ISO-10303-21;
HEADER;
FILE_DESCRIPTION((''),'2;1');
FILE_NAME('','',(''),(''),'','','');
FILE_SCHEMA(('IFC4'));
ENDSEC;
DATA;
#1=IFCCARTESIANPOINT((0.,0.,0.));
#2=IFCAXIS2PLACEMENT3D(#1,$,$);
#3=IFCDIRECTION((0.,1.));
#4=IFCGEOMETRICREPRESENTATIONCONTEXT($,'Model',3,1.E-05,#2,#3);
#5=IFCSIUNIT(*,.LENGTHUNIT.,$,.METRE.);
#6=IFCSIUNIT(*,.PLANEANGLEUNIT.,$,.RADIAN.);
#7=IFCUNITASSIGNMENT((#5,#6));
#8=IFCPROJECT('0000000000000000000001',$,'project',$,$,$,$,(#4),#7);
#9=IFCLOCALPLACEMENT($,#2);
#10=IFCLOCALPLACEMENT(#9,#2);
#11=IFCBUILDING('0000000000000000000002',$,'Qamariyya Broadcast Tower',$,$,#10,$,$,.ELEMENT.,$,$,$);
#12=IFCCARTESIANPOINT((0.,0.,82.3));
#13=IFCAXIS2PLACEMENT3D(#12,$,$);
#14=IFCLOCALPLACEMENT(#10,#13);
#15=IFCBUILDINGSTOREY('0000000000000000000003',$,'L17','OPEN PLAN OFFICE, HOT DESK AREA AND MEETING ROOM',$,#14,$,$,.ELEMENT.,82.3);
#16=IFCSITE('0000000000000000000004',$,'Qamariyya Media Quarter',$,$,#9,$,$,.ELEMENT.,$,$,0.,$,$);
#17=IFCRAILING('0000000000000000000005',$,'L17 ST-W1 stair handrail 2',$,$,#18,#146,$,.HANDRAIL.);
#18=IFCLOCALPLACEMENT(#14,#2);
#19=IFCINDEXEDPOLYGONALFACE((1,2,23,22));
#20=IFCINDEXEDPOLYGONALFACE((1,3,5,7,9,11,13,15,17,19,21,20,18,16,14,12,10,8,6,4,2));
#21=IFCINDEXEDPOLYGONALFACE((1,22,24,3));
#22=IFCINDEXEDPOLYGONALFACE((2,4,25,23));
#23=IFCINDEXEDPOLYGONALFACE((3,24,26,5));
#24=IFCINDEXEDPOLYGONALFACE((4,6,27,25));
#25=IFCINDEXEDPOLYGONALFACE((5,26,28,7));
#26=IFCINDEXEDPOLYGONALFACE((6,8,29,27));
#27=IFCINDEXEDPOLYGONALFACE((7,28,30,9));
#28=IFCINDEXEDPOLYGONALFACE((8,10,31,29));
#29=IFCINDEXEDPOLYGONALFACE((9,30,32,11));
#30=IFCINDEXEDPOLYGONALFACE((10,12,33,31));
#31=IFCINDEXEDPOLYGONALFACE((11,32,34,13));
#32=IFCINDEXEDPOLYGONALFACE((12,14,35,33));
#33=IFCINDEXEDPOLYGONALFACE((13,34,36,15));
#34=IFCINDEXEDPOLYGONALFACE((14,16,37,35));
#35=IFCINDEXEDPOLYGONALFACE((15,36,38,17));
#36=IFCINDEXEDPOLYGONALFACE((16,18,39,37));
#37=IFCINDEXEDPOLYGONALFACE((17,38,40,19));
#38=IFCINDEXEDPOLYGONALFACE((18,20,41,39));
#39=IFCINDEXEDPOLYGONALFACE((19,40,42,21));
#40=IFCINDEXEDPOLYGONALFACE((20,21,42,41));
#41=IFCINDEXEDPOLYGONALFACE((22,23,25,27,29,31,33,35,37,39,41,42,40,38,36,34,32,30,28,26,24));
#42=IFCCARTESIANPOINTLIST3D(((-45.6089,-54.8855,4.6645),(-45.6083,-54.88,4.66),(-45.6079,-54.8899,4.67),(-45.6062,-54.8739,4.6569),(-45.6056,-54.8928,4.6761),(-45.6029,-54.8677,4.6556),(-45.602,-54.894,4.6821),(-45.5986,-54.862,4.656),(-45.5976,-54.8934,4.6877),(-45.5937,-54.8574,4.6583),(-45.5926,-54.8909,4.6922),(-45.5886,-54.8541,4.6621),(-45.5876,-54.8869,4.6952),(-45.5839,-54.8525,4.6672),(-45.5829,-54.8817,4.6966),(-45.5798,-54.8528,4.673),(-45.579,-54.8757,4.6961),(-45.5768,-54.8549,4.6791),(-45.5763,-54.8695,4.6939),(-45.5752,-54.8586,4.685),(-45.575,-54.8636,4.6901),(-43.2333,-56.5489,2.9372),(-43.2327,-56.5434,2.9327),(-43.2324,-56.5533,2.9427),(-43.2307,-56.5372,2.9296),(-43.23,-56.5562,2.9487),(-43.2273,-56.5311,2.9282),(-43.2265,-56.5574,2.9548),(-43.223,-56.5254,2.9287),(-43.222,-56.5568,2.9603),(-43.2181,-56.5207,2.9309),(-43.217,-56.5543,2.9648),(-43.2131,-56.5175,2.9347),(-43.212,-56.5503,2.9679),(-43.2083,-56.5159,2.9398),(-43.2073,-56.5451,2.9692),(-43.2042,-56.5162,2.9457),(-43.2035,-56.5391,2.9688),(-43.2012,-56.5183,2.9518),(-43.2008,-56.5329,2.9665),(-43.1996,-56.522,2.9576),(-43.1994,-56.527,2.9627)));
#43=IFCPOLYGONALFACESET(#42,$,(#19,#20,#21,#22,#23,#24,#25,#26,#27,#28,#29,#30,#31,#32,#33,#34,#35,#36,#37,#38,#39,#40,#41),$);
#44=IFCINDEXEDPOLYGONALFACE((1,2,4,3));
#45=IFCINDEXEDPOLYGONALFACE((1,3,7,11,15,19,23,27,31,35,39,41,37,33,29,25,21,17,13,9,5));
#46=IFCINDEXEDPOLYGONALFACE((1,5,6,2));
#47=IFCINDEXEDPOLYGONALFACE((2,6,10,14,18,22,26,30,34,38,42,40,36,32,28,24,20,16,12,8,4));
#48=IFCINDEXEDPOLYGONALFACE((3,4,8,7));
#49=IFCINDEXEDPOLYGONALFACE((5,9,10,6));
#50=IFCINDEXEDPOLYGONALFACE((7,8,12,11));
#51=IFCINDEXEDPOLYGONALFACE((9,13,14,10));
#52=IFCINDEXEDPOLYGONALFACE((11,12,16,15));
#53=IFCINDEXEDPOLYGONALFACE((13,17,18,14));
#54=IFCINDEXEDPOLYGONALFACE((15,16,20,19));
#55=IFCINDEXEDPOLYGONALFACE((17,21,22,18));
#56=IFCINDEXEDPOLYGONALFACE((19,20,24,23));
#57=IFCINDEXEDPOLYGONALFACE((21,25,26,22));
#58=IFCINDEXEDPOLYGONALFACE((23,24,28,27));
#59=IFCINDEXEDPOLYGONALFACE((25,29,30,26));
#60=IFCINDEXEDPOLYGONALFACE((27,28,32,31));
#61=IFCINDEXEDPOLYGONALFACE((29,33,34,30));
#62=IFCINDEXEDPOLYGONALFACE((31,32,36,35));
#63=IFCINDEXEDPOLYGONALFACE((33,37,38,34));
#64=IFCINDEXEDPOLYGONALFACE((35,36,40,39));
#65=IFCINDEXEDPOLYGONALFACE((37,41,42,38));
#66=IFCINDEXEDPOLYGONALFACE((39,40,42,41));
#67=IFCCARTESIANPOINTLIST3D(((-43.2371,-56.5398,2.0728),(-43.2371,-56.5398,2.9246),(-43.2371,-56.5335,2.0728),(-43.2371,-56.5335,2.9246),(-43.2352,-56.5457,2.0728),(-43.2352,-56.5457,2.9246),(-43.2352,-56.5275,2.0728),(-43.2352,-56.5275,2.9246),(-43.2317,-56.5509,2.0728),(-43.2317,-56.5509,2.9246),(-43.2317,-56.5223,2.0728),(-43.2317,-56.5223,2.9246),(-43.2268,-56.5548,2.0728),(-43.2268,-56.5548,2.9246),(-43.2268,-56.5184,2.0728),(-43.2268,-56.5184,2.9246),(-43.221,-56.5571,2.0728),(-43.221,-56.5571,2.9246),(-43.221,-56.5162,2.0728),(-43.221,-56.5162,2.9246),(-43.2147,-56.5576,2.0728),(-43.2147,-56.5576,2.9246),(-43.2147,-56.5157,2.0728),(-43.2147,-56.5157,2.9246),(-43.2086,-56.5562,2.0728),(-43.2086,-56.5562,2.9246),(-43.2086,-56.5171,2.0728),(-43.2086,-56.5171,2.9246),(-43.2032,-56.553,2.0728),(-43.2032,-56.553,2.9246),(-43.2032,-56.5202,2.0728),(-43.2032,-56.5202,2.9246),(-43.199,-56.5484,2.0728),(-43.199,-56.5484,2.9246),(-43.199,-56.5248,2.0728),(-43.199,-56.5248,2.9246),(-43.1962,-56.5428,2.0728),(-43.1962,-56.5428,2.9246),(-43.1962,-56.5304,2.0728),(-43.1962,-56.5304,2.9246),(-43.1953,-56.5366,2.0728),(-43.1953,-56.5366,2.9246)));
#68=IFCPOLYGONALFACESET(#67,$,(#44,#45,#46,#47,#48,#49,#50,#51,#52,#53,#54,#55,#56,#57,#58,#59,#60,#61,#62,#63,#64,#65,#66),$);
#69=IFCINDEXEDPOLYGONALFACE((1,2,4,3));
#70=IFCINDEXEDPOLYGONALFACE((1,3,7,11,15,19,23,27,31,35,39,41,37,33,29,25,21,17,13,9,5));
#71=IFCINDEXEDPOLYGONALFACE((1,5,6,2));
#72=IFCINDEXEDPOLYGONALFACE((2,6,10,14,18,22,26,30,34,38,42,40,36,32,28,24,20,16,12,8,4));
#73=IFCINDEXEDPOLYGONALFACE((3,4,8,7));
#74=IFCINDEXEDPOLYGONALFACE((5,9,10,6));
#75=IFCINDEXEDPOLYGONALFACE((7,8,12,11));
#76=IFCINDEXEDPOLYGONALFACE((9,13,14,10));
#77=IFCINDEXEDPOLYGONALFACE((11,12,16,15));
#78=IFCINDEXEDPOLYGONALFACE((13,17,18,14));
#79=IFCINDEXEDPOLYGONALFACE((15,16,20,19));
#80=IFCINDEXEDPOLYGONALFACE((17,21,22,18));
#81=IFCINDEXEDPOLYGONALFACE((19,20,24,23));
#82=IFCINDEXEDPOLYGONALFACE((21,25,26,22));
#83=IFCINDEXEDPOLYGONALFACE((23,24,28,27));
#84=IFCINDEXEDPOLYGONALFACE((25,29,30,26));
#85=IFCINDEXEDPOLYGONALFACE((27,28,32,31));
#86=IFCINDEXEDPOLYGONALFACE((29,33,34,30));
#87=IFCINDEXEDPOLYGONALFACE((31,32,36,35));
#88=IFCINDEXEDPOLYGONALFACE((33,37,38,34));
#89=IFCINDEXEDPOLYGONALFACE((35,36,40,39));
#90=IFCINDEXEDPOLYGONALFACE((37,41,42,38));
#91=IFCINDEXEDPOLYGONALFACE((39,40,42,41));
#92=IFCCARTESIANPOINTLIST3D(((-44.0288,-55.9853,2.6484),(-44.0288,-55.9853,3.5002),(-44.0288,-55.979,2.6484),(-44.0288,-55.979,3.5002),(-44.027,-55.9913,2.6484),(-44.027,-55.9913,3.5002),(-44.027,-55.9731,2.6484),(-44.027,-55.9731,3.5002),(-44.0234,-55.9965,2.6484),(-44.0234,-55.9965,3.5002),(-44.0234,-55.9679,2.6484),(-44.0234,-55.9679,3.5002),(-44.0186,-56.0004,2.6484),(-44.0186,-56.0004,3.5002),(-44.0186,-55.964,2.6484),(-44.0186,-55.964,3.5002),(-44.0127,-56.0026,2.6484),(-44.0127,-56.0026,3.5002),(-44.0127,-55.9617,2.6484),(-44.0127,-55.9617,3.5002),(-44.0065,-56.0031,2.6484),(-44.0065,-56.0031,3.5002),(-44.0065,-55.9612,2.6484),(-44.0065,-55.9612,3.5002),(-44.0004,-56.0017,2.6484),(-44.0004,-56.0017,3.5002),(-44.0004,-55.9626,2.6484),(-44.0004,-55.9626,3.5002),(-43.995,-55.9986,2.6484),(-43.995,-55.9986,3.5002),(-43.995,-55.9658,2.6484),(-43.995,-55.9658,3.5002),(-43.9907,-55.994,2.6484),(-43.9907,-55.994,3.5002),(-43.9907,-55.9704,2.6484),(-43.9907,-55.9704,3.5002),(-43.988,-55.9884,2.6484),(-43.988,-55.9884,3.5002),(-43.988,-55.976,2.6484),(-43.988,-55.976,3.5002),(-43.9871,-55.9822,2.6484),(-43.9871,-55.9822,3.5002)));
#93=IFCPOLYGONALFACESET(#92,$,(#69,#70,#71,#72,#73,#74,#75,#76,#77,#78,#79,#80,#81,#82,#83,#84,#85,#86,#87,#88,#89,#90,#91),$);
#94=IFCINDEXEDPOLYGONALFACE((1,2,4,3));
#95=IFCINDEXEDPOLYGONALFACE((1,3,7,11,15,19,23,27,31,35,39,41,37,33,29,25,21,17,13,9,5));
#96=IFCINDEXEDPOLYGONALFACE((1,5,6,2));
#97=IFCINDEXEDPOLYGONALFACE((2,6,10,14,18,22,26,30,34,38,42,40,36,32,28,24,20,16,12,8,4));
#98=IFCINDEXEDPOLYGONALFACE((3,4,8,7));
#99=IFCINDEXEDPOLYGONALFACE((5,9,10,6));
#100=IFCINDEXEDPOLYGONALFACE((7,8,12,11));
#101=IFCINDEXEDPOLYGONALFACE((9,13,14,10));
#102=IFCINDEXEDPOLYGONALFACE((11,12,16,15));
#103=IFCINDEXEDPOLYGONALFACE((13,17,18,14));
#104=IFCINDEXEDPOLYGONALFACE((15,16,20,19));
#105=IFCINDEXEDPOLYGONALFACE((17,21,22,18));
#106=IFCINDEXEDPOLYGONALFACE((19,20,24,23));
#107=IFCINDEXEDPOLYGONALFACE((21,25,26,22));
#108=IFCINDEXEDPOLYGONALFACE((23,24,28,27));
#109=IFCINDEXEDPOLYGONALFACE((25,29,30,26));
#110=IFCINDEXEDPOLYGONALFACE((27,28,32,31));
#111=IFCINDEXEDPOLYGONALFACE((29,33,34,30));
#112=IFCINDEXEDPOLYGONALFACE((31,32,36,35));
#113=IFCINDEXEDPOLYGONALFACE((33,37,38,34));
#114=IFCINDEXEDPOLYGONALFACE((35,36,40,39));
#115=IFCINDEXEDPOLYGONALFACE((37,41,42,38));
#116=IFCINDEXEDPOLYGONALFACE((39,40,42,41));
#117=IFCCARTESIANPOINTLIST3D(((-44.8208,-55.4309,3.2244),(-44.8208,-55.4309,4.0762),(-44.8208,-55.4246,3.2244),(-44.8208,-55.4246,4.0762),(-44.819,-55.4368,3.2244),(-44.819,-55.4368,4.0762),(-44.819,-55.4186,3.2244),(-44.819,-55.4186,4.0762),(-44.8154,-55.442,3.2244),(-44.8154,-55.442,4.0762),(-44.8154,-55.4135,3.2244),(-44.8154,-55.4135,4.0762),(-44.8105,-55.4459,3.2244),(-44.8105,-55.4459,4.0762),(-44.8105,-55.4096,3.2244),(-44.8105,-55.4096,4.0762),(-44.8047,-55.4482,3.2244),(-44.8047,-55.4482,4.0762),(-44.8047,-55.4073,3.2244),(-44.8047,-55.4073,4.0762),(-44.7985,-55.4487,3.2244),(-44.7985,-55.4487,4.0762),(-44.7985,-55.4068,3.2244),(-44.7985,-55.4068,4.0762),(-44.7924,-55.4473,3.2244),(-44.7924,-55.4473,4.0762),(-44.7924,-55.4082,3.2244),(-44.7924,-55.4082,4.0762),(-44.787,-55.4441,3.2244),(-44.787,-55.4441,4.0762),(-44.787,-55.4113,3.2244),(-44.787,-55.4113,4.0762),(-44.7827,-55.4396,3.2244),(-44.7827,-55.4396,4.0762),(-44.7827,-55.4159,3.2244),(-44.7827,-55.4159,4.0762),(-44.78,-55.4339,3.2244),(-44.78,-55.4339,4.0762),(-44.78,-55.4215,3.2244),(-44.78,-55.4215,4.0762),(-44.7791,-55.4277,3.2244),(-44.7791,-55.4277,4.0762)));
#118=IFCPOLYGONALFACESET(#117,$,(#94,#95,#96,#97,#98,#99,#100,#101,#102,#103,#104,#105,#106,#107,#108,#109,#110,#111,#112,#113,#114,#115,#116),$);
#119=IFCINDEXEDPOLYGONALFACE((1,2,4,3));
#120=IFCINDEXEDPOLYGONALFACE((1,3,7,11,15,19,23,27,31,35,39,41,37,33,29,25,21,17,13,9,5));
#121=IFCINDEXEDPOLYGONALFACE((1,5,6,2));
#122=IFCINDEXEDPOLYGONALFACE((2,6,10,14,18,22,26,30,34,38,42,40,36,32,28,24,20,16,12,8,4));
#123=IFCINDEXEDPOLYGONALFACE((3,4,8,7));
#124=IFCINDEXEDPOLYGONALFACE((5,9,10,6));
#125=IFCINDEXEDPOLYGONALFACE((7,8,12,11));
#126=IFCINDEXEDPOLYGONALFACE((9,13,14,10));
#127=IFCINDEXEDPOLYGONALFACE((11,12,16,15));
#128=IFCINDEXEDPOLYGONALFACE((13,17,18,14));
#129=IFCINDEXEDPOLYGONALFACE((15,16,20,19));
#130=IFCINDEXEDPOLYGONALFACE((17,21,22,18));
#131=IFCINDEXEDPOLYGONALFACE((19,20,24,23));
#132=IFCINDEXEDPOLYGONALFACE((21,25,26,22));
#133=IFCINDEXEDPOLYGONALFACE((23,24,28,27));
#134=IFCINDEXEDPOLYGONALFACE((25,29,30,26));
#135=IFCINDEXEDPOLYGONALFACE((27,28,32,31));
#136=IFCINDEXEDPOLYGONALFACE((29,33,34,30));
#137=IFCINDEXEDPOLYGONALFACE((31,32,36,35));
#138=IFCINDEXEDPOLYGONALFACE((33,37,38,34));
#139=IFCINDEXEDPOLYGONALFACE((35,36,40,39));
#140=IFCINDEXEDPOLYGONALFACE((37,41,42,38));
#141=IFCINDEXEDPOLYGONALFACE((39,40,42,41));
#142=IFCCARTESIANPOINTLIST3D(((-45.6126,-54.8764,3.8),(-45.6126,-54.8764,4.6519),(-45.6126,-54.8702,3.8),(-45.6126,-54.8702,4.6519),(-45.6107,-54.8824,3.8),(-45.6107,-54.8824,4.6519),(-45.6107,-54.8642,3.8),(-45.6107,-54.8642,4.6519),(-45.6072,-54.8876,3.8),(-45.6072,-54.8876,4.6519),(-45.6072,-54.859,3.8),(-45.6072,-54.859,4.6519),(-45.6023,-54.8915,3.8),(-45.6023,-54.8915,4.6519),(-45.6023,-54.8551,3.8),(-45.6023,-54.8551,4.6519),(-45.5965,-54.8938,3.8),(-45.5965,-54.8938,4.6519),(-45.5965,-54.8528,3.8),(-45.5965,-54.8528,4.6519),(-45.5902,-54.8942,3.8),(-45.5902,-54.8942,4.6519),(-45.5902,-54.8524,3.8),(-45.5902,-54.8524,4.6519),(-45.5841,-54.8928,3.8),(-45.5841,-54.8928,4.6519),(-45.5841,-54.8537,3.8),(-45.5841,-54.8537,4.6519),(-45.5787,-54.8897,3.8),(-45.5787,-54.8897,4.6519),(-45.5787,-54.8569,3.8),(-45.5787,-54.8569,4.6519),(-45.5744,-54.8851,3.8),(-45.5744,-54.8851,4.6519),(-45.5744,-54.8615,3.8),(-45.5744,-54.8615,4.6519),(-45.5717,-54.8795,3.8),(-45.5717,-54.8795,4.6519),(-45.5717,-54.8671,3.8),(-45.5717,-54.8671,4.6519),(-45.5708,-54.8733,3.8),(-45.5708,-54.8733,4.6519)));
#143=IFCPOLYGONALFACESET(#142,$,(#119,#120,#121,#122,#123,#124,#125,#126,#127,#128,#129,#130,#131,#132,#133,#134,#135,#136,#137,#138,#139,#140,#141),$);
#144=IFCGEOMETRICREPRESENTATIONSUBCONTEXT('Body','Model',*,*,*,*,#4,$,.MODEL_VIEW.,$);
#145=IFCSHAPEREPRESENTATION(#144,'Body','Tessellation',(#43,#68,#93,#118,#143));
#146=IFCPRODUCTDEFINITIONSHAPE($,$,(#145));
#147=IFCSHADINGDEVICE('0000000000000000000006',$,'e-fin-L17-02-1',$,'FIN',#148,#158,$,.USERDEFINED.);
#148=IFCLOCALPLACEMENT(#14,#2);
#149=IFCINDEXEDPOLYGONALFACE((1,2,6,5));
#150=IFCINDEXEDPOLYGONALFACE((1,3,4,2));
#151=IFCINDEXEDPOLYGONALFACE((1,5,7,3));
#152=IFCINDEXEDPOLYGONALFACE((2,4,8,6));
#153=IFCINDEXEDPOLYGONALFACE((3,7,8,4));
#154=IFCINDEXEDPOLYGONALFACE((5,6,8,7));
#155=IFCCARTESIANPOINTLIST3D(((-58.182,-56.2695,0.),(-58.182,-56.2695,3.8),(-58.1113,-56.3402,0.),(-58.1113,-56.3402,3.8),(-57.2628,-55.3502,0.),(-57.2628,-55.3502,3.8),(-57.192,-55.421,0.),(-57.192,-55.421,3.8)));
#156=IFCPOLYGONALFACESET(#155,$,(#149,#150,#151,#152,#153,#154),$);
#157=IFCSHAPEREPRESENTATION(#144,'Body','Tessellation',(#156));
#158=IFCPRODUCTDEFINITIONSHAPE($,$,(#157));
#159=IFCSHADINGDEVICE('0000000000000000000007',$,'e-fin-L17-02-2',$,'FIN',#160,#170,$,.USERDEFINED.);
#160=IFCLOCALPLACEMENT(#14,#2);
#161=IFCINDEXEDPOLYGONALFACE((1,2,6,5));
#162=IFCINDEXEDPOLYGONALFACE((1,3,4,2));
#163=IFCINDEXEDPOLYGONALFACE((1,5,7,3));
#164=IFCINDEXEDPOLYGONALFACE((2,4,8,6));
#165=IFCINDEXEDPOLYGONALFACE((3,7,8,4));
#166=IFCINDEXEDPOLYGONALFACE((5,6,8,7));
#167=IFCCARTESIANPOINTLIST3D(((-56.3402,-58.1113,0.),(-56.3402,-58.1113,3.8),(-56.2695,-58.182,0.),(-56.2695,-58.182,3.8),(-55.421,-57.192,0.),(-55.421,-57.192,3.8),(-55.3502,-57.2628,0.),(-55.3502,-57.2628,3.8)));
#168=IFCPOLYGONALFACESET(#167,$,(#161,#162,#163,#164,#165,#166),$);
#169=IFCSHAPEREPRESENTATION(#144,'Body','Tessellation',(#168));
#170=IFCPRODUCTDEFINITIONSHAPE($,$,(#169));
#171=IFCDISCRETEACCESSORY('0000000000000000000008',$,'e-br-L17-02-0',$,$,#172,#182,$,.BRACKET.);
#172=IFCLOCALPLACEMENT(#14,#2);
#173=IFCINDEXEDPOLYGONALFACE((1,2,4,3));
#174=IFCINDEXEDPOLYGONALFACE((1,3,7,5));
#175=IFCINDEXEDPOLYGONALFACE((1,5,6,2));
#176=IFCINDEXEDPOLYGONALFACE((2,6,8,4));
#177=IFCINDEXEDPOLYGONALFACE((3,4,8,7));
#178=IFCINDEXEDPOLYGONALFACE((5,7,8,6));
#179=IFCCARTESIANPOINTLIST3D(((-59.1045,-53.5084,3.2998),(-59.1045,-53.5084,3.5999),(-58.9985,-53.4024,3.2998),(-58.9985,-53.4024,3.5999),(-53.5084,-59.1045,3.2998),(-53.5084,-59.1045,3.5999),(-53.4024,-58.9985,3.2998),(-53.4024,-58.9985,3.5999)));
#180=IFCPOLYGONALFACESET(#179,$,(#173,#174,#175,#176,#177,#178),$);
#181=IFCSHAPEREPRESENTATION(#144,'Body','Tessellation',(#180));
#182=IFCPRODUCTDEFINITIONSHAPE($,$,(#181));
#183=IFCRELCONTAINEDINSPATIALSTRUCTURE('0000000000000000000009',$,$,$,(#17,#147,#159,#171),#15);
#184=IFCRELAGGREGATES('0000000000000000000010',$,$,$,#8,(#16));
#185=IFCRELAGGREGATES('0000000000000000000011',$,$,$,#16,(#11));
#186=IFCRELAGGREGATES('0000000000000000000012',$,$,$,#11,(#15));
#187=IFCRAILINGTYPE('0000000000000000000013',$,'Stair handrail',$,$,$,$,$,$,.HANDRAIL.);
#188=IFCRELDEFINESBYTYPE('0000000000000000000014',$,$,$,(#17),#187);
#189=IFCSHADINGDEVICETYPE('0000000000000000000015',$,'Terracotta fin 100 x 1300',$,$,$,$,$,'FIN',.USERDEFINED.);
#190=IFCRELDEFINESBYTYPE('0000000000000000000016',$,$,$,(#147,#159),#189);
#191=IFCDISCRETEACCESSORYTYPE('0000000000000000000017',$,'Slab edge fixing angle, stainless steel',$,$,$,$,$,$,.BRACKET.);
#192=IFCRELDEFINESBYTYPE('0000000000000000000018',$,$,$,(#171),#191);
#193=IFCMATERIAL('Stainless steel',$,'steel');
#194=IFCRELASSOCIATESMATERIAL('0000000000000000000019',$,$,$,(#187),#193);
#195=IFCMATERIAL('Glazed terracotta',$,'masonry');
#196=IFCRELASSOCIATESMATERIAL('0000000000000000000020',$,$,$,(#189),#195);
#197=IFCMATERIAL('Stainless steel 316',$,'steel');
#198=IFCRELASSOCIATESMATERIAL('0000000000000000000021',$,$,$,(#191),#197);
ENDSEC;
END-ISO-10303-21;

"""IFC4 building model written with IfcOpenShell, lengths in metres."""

from ifc_helpers import new_model, si_unit, direction, frame, origin, origin_2d, place, context, subcontext, project, spatial, rectangle, circle, extrude, material, material_profile, profile_set, type_object, element, save


model = new_model("IFC4")

# Units and contexts
model_context = context("Model", 3, precision=1e-05, world=origin(), true_north=direction((0.0, 1.0)))
body_context = subcontext(model_context, "Body", "Model", "MODEL_VIEW")
ifc_project = project(units=[si_unit("LENGTHUNIT", "METRE"), si_unit("PLANEANGLEUNIT", "RADIAN")], contexts=[model_context])

# Site, building, storey
site_placement = place(None, origin())
site = spatial("IfcSite", under=ifc_project, at=site_placement, Name="Qamariyya Media Quarter", CompositionType="ELEMENT", RefElevation=0.0)
building_placement = place(site_placement, origin())
building = spatial("IfcBuilding", under=site, at=building_placement, Name="Qamariyya Broadcast Tower", CompositionType="ELEMENT")
storey_placement = place(building_placement, frame((0.0, 0.0, 82.3)))
storey = spatial("IfcBuildingStorey", under=building, at=storey_placement, Name="L17", Description="OPEN PLAN OFFICE, HOT DESK AREA AND MEETING ROOM", CompositionType="ELEMENT", Elevation=82.3)

# Railing
ifc_material_1 = material(Name="Stainless steel", Category="steel")
railing_type_1 = type_object("IfcRailingType", Name="Stair handrail", PredefinedType="HANDRAIL", material=ifc_material_1)
railing_1_placement = place(storey_placement, frame((-43.2163, -56.5366, 2.0728)))
element("IfcRailing", 1, at=railing_1_placement, inside=storey, type_object=railing_type_1, Name="L17 ST-W1 stair handrail 2", PredefinedType="HANDRAIL", context=body_context, shape_type="SweptSolid", body=[
    extrude(circle(Radius=0.0239, at=origin_2d()), frame((0.0, 0.0, 0.876), z_axis=(-0.70377, 0.492784, 0.511734), x_axis=(-0.573575, -0.819153, 0.0)), (0.0, 0.0, 1.0), 3.3755),
    extrude(circle(Radius=0.021, at=origin_2d()), origin(), (0.0, 0.0, 1.0), 0.8518),
    extrude(circle(Radius=0.021, at=origin_2d()), frame((-0.7917, 0.5544, 0.5757)), (0.0, 0.0, 1.0), 0.8518),
    extrude(circle(Radius=0.021, at=origin_2d()), frame((-1.5837, 1.1089, 1.1516)), (0.0, 0.0, 1.0), 0.8518),
    extrude(circle(Radius=0.021, at=origin_2d()), frame((-2.3755, 1.6633, 1.7273)), (0.0, 0.0, 1.0), 0.8518),
])

# Shading devices
ifc_material_2 = material(Name="Glazed terracotta", Category="masonry")
ifc_material_profile_1 = material_profile(ifc_material_2, rectangle(XDim=1.3, YDim=0.1001, at=origin_2d()))
ifc_profile_set_1 = profile_set([ifc_material_profile_1], Name="Glazed terracotta")
shading_device_type_1 = type_object("IfcShadingDeviceType", Name="Terracotta fin 100 x 1300", ElementType="FIN", PredefinedType="USERDEFINED", material=ifc_profile_set_1)
for number, where, z_axis, x_axis, name in (
    (2, (-57.687, -55.8452, 0.0), (0.0, 0.0, 1.0), (-0.707107, -0.707107, 0.0), "e-fin-L17-02-1"),
    (3, (-55.8452, -57.687, 0.0), (0.0, 0.0, 1.0), (-0.707107, -0.707107, 0.0), "e-fin-L17-02-2"),
):
    element("IfcShadingDevice", number, at=place(storey_placement, frame(where, z_axis=z_axis, x_axis=x_axis)), inside=storey, type_object=shading_device_type_1, Name=name, ObjectType="FIN", PredefinedType="USERDEFINED", context=body_context, shape_type="SweptSolid", body=[
        extrude(rectangle(XDim=1.3, YDim=0.1001, at=origin_2d()), origin(), (0.0, 0.0, 1.0), 3.8),
    ])

# Discrete accessory
ifc_material_3 = material(Name="Stainless steel 316", Category="steel")
discrete_accessory_type = type_object("IfcDiscreteAccessoryType", Name="Slab edge fixing angle, stainless steel", PredefinedType="BRACKET", material=ifc_material_3)
discrete_accessory_placement = place(storey_placement, frame((-56.2534, -56.2534, 3.2998), z_axis=(0.0, 0.0, 1.0), x_axis=(0.707107, -0.707107, 0.0)))
element("IfcDiscreteAccessory", 4, at=discrete_accessory_placement, inside=storey, type_object=discrete_accessory_type, Name="e-br-L17-02-0", PredefinedType="BRACKET", context=body_context, shape_type="SweptSolid", body=[
    extrude(rectangle(XDim=7.9141, YDim=0.1499, at=origin_2d()), origin(), (0.0, 0.0, 1.0), 0.3),
])

save(model, "model.ifc")
